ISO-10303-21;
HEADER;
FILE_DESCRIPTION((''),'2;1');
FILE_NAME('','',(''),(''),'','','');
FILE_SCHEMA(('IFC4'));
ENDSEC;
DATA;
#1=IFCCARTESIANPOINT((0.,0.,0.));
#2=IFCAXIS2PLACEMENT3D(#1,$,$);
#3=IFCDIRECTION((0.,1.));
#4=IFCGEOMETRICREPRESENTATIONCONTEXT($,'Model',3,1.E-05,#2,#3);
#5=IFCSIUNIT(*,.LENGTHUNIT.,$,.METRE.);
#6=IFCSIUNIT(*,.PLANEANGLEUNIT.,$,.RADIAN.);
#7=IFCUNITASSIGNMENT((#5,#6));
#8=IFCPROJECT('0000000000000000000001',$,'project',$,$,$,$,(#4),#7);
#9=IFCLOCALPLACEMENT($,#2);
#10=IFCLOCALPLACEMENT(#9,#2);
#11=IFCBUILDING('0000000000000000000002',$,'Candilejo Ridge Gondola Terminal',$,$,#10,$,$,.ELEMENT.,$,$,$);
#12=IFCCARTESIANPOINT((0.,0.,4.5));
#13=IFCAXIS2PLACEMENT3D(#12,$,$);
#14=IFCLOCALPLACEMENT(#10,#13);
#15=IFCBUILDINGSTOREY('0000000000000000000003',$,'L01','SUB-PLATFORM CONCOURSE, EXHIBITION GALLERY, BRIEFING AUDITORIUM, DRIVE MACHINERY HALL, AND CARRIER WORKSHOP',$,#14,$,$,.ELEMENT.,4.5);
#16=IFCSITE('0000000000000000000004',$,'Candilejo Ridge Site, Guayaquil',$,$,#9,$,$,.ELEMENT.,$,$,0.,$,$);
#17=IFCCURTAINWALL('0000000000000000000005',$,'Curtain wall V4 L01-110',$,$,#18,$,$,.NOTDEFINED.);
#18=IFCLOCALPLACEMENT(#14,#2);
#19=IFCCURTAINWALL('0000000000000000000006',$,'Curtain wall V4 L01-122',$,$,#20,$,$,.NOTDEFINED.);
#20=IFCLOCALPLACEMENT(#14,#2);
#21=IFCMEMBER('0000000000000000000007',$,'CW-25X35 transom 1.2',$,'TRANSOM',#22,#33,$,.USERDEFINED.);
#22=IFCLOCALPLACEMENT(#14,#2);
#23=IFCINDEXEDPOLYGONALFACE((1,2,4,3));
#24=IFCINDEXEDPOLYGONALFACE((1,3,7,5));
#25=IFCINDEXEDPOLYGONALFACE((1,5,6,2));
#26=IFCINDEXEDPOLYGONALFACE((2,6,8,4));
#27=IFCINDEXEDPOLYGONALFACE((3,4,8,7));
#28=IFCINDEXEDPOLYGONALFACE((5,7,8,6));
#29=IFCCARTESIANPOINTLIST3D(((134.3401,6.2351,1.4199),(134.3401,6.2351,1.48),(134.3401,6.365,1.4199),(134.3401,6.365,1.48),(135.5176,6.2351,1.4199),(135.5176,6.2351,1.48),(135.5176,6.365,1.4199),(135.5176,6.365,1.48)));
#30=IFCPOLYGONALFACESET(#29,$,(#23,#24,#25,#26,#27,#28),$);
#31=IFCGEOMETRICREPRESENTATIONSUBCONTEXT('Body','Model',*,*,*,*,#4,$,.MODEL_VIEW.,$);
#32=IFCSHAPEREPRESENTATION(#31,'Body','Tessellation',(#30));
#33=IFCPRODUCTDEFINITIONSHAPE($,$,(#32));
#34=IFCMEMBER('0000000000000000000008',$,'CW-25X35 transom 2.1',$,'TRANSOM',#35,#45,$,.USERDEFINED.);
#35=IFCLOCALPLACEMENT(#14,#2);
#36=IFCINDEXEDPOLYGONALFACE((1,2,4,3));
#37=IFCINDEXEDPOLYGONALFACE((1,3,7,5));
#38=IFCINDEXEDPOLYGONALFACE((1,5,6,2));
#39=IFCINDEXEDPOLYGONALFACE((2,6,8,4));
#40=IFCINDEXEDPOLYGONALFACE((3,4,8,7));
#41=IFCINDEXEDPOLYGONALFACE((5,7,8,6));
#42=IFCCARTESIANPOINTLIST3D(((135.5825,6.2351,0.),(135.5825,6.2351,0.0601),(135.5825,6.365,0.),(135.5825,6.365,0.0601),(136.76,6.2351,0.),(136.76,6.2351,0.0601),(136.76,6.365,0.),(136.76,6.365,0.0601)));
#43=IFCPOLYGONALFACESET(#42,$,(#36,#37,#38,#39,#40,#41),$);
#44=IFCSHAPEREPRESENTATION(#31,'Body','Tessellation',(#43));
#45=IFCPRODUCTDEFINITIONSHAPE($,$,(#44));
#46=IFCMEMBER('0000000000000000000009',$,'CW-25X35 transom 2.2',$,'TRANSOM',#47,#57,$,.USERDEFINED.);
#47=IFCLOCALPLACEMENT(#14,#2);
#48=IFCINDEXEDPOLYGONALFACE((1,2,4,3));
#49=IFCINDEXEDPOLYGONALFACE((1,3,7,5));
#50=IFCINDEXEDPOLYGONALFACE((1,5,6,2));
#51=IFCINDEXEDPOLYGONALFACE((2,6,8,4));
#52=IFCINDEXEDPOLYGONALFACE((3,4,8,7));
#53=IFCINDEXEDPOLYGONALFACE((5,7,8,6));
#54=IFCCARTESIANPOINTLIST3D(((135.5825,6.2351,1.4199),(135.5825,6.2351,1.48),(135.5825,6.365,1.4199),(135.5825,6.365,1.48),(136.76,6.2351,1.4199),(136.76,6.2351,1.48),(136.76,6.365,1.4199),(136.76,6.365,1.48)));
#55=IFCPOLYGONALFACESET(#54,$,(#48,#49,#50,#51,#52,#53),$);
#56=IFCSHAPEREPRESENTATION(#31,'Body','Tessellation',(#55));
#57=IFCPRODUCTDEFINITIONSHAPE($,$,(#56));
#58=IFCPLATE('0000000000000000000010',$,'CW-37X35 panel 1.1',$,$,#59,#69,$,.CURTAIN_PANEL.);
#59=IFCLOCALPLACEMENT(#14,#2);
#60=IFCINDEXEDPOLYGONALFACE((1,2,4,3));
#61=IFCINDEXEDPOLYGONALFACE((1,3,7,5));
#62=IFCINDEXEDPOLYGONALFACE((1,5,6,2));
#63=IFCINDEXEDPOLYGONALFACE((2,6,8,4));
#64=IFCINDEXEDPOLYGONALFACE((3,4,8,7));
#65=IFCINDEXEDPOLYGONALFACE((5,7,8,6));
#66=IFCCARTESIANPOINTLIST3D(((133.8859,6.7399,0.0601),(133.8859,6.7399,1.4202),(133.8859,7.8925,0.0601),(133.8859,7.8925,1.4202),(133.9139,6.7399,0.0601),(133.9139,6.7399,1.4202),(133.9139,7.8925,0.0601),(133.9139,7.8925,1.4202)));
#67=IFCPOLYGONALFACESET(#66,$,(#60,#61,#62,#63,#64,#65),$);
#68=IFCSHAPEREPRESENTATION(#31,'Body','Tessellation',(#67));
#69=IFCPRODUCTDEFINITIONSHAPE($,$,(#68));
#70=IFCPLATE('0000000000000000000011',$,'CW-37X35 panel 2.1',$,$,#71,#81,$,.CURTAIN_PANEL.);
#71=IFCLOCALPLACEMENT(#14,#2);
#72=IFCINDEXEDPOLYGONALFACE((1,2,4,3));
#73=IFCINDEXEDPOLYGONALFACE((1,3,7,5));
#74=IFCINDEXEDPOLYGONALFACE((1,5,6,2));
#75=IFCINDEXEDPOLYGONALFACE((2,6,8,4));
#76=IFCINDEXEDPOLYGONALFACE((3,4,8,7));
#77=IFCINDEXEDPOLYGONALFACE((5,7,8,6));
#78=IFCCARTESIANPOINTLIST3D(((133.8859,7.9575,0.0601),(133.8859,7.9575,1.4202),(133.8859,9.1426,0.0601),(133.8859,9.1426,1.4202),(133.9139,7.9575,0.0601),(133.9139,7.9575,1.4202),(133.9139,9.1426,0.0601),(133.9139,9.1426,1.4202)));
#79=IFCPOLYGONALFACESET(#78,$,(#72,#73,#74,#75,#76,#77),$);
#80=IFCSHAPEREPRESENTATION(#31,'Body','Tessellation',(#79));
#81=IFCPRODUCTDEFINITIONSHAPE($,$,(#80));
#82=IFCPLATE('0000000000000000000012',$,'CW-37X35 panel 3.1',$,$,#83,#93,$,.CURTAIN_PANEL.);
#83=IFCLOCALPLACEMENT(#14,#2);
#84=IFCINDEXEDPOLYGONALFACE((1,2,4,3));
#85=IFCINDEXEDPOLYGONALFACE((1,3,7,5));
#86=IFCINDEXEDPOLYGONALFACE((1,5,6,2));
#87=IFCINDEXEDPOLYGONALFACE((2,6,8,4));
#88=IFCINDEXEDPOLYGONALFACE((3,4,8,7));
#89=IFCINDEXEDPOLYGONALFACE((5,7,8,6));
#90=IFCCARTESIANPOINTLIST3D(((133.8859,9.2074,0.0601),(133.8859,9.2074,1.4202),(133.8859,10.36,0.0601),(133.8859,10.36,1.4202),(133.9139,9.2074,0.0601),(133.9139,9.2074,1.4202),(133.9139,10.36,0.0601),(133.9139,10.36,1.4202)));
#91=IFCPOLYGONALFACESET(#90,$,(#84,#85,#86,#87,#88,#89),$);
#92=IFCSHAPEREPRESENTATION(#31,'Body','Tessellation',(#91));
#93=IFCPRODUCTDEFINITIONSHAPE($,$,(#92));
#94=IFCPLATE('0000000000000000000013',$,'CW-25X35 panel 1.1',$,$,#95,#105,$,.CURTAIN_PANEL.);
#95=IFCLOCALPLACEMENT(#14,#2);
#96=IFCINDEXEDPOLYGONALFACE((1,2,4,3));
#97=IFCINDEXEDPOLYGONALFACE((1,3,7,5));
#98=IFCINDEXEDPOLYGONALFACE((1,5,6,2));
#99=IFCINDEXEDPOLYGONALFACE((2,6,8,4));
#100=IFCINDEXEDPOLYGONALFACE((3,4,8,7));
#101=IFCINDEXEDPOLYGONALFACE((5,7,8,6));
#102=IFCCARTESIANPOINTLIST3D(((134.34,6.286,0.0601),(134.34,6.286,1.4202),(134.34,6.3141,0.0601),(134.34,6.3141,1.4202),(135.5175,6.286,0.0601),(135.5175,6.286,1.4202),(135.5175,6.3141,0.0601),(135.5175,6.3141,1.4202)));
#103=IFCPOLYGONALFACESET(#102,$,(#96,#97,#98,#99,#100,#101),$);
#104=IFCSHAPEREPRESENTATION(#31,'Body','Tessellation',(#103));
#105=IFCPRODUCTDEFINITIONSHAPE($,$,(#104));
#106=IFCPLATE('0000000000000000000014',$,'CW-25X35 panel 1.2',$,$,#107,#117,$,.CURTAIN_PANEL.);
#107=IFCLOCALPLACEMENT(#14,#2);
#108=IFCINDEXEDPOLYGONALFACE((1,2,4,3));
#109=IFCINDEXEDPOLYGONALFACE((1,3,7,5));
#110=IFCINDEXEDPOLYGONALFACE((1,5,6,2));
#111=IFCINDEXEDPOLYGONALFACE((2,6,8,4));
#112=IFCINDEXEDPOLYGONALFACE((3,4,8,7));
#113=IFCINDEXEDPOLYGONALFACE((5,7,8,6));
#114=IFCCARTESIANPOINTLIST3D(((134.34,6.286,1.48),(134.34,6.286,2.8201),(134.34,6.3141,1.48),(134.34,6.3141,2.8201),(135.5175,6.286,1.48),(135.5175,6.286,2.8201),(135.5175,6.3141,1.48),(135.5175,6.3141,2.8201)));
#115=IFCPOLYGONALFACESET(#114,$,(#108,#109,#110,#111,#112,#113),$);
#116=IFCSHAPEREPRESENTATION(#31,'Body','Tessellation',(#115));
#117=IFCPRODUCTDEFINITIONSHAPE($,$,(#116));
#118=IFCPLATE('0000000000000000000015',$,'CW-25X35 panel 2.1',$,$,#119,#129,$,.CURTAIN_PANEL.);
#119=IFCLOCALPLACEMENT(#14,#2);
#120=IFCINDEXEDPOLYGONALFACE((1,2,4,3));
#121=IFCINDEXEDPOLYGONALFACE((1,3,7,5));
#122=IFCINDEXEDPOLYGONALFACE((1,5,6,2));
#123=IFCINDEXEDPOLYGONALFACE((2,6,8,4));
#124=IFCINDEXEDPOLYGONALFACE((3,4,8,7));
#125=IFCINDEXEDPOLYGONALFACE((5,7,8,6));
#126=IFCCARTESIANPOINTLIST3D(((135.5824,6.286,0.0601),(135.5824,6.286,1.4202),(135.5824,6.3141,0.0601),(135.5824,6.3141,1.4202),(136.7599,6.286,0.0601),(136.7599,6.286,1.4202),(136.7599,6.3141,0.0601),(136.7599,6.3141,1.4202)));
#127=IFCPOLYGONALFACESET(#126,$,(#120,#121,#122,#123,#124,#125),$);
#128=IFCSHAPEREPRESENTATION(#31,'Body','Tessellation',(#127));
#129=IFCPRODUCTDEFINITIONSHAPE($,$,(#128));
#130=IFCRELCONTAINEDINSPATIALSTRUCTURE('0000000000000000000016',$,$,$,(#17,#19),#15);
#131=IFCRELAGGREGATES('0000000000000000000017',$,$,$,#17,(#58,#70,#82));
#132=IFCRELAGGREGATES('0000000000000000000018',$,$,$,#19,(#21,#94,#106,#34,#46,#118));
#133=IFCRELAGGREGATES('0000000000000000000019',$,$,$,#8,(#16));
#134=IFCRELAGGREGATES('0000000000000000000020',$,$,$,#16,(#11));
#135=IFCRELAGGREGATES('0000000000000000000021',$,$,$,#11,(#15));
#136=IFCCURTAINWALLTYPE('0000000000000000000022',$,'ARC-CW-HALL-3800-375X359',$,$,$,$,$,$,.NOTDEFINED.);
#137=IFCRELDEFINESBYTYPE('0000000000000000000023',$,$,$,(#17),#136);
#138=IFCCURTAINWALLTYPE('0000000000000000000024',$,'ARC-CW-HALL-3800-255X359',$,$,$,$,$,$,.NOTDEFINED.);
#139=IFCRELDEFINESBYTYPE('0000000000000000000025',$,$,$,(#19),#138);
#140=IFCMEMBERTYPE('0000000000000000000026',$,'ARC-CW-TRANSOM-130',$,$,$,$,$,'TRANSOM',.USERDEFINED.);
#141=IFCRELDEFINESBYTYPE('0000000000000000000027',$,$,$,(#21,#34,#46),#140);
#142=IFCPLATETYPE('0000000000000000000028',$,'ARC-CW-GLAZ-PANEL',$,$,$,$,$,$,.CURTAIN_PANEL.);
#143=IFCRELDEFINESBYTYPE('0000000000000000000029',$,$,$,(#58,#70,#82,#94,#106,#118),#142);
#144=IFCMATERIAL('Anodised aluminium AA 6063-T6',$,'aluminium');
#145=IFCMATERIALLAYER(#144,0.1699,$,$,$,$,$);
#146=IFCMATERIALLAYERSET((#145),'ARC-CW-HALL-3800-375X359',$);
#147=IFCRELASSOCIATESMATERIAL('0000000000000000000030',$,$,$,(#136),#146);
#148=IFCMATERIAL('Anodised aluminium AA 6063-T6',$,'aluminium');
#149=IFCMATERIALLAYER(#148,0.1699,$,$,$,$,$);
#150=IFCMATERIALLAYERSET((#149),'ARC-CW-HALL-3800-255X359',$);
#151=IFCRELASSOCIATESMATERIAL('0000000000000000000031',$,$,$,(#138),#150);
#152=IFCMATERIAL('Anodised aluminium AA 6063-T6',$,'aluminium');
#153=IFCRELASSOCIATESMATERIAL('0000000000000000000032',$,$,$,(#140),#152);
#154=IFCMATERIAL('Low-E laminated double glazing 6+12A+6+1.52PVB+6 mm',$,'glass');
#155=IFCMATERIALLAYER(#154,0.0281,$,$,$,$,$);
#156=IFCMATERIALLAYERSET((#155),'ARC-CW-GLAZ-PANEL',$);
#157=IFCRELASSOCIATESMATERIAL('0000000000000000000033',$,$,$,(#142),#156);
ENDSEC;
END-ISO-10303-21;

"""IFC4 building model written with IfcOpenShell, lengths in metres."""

from ifc_helpers import new_model, si_unit, direction, frame, origin, origin_2d, place, context, subcontext, project, spatial, rectangle, extrude, material, layer, layer_set, material_profile, profile_set, type_object, element, aggregate, save


model = new_model("IFC4")

# Units and contexts
model_context = context("Model", 3, precision=1e-05, world=origin(), true_north=direction((0.0, 1.0)))
body_context = subcontext(model_context, "Body", "Model", "MODEL_VIEW")
ifc_project = project(units=[si_unit("LENGTHUNIT", "METRE"), si_unit("PLANEANGLEUNIT", "RADIAN")], contexts=[model_context])

# Site, building, storey
site_placement = place(None, origin())
site = spatial("IfcSite", under=ifc_project, at=site_placement, Name="Candilejo Ridge Site, Guayaquil", CompositionType="ELEMENT", RefElevation=0.0)
building_placement = place(site_placement, origin())
building = spatial("IfcBuilding", under=site, at=building_placement, Name="Candilejo Ridge Gondola Terminal", CompositionType="ELEMENT")
storey_placement = place(building_placement, frame((0.0, 0.0, 4.5)))
storey = spatial("IfcBuildingStorey", under=building, at=storey_placement, Name="L01", Description="SUB-PLATFORM CONCOURSE, EXHIBITION GALLERY, BRIEFING AUDITORIUM, DRIVE MACHINERY HALL, AND CARRIER WORKSHOP", CompositionType="ELEMENT", Elevation=4.5)

# Curtain walls
ifc_material_1 = material(Name="Anodised aluminium AA 6063-T6", Category="aluminium")
ifc_layer_1 = layer(ifc_material_1, 0.1699)
ifc_layer_set_1 = layer_set([ifc_layer_1], Name="ARC-CW-HALL-3800-375X359")
curtain_wall_type_1 = type_object("IfcCurtainWallType", Name="ARC-CW-HALL-3800-375X359", PredefinedType="NOTDEFINED", material=ifc_layer_set_1)
curtain_wall_1_placement = place(storey_placement, origin())
curtain_wall_1 = element("IfcCurtainWall", 1, at=curtain_wall_1_placement, inside=storey, type_object=curtain_wall_type_1, Name="Curtain wall V4 L01-110", PredefinedType="NOTDEFINED")
ifc_material_2 = material(Name="Anodised aluminium AA 6063-T6", Category="aluminium")
ifc_layer_2 = layer(ifc_material_2, 0.1699)
ifc_layer_set_2 = layer_set([ifc_layer_2], Name="ARC-CW-HALL-3800-255X359")
curtain_wall_type_2 = type_object("IfcCurtainWallType", Name="ARC-CW-HALL-3800-255X359", PredefinedType="NOTDEFINED", material=ifc_layer_set_2)
curtain_wall_2_placement = place(storey_placement, origin())
curtain_wall_2 = element("IfcCurtainWall", 2, at=curtain_wall_2_placement, inside=storey, type_object=curtain_wall_type_2, Name="Curtain wall V4 L01-122", PredefinedType="NOTDEFINED")

# Members
ifc_material_3 = material(Name="Anodised aluminium AA 6063-T6", Category="aluminium")
ifc_material_profile_1 = material_profile(ifc_material_3, rectangle(XDim=0.1299, YDim=0.0601, at=origin_2d()))
ifc_profile_set_1 = profile_set([ifc_material_profile_1], Name="Anodised aluminium AA 6063-T6")
member_type_1 = type_object("IfcMemberType", Name="ARC-CW-TRANSOM-130", ElementType="TRANSOM", PredefinedType="USERDEFINED", material=ifc_profile_set_1)
member_1_placement = place(storey_placement, frame((134.3401, 6.3, 1.45), z_axis=(1.0, 0.0, 0.0), x_axis=(0.0, 1.0, 0.0)))
member_1 = element("IfcMember", 3, at=member_1_placement, type_object=member_type_1, Name="CW-25X35 transom 1.2", ObjectType="TRANSOM", PredefinedType="USERDEFINED", context=body_context, shape_type="SweptSolid", body=[
    extrude(rectangle(XDim=0.1299, YDim=0.0601, at=origin_2d()), origin(), (0.0, 0.0, 1.0), 1.1775),
])
member_2_placement = place(storey_placement, frame((135.5825, 6.3, 0.03), z_axis=(1.0, 0.0, 0.0), x_axis=(0.0, 1.0, 0.0)))
member_2 = element("IfcMember", 4, at=member_2_placement, type_object=member_type_1, Name="CW-25X35 transom 2.1", ObjectType="TRANSOM", PredefinedType="USERDEFINED", context=body_context, shape_type="SweptSolid", body=[
    extrude(rectangle(XDim=0.1299, YDim=0.0601, at=origin_2d()), origin(), (0.0, 0.0, 1.0), 1.1775),
])
member_3_placement = place(storey_placement, frame((135.5825, 6.3, 1.45), z_axis=(1.0, 0.0, 0.0), x_axis=(0.0, 1.0, 0.0)))
member_3 = element("IfcMember", 5, at=member_3_placement, type_object=member_type_1, Name="CW-25X35 transom 2.2", ObjectType="TRANSOM", PredefinedType="USERDEFINED", context=body_context, shape_type="SweptSolid", body=[
    extrude(rectangle(XDim=0.1299, YDim=0.0601, at=origin_2d()), origin(), (0.0, 0.0, 1.0), 1.1775),
])

# Plates
ifc_material_4 = material(Name="Low-E laminated double glazing 6+12A+6+1.52PVB+6 mm", Category="glass")
ifc_layer_3 = layer(ifc_material_4, 0.0281)
ifc_layer_set_3 = layer_set([ifc_layer_3], Name="ARC-CW-GLAZ-PANEL")
plate_type = type_object("IfcPlateType", Name="ARC-CW-GLAZ-PANEL", PredefinedType="CURTAIN_PANEL", material=ifc_layer_set_3)
plate_1_placement = place(storey_placement, frame((133.8999, 7.3162, 0.0601), z_axis=(0.0, 0.0, 1.0), x_axis=(0.0, 1.0, 0.0)))
plate_1 = element("IfcPlate", 6, at=plate_1_placement, type_object=plate_type, Name="CW-37X35 panel 1.1", PredefinedType="CURTAIN_PANEL", context=body_context, shape_type="SweptSolid", body=[
    extrude(rectangle(XDim=1.1526, YDim=0.0281, at=origin_2d()), origin(), (0.0, 0.0, 1.0), 1.3601),
])
plate_2_placement = place(storey_placement, frame((133.8999, 8.55, 0.0601), z_axis=(0.0, 0.0, 1.0), x_axis=(0.0, 1.0, 0.0)))
plate_2 = element("IfcPlate", 7, at=plate_2_placement, type_object=plate_type, Name="CW-37X35 panel 2.1", PredefinedType="CURTAIN_PANEL", context=body_context, shape_type="SweptSolid", body=[
    extrude(rectangle(XDim=1.1851, YDim=0.0281, at=origin_2d()), origin(), (0.0, 0.0, 1.0), 1.3601),
])
plate_3_placement = place(storey_placement, frame((133.8999, 9.7837, 0.0601), z_axis=(0.0, 0.0, 1.0), x_axis=(0.0, 1.0, 0.0)))
plate_3 = element("IfcPlate", 8, at=plate_3_placement, type_object=plate_type, Name="CW-37X35 panel 3.1", PredefinedType="CURTAIN_PANEL", context=body_context, shape_type="SweptSolid", body=[
    extrude(rectangle(XDim=1.1526, YDim=0.0281, at=origin_2d()), origin(), (0.0, 0.0, 1.0), 1.3601),
])
aggregate(curtain_wall_1, [plate_1, plate_2, plate_3])
plate_4_placement = place(storey_placement, frame((134.9287, 6.3, 0.0601), z_axis=(0.0, 0.0, 1.0), x_axis=(1.0, 0.0, 0.0)))
plate_4 = element("IfcPlate", 9, at=plate_4_placement, type_object=plate_type, Name="CW-25X35 panel 1.1", PredefinedType="CURTAIN_PANEL", context=body_context, shape_type="SweptSolid", body=[
    extrude(rectangle(XDim=1.1775, YDim=0.0281, at=origin_2d()), origin(), (0.0, 0.0, 1.0), 1.3601),
])
plate_5_placement = place(storey_placement, frame((134.9287, 6.3, 1.48), z_axis=(0.0, 0.0, 1.0), x_axis=(1.0, 0.0, 0.0)))
plate_5 = element("IfcPlate", 10, at=plate_5_placement, type_object=plate_type, Name="CW-25X35 panel 1.2", PredefinedType="CURTAIN_PANEL", context=body_context, shape_type="SweptSolid", body=[
    extrude(rectangle(XDim=1.1775, YDim=0.0281, at=origin_2d()), origin(), (0.0, 0.0, 1.0), 1.3401),
])
plate_6_placement = place(storey_placement, frame((136.1711, 6.3, 0.0601), z_axis=(0.0, 0.0, 1.0), x_axis=(1.0, 0.0, 0.0)))
plate_6 = element("IfcPlate", 11, at=plate_6_placement, type_object=plate_type, Name="CW-25X35 panel 2.1", PredefinedType="CURTAIN_PANEL", context=body_context, shape_type="SweptSolid", body=[
    extrude(rectangle(XDim=1.1775, YDim=0.0281, at=origin_2d()), origin(), (0.0, 0.0, 1.0), 1.3601),
])
aggregate(curtain_wall_2, [member_1, plate_4, plate_5, member_2, member_3, plate_6])

save(model, "model.ifc")
